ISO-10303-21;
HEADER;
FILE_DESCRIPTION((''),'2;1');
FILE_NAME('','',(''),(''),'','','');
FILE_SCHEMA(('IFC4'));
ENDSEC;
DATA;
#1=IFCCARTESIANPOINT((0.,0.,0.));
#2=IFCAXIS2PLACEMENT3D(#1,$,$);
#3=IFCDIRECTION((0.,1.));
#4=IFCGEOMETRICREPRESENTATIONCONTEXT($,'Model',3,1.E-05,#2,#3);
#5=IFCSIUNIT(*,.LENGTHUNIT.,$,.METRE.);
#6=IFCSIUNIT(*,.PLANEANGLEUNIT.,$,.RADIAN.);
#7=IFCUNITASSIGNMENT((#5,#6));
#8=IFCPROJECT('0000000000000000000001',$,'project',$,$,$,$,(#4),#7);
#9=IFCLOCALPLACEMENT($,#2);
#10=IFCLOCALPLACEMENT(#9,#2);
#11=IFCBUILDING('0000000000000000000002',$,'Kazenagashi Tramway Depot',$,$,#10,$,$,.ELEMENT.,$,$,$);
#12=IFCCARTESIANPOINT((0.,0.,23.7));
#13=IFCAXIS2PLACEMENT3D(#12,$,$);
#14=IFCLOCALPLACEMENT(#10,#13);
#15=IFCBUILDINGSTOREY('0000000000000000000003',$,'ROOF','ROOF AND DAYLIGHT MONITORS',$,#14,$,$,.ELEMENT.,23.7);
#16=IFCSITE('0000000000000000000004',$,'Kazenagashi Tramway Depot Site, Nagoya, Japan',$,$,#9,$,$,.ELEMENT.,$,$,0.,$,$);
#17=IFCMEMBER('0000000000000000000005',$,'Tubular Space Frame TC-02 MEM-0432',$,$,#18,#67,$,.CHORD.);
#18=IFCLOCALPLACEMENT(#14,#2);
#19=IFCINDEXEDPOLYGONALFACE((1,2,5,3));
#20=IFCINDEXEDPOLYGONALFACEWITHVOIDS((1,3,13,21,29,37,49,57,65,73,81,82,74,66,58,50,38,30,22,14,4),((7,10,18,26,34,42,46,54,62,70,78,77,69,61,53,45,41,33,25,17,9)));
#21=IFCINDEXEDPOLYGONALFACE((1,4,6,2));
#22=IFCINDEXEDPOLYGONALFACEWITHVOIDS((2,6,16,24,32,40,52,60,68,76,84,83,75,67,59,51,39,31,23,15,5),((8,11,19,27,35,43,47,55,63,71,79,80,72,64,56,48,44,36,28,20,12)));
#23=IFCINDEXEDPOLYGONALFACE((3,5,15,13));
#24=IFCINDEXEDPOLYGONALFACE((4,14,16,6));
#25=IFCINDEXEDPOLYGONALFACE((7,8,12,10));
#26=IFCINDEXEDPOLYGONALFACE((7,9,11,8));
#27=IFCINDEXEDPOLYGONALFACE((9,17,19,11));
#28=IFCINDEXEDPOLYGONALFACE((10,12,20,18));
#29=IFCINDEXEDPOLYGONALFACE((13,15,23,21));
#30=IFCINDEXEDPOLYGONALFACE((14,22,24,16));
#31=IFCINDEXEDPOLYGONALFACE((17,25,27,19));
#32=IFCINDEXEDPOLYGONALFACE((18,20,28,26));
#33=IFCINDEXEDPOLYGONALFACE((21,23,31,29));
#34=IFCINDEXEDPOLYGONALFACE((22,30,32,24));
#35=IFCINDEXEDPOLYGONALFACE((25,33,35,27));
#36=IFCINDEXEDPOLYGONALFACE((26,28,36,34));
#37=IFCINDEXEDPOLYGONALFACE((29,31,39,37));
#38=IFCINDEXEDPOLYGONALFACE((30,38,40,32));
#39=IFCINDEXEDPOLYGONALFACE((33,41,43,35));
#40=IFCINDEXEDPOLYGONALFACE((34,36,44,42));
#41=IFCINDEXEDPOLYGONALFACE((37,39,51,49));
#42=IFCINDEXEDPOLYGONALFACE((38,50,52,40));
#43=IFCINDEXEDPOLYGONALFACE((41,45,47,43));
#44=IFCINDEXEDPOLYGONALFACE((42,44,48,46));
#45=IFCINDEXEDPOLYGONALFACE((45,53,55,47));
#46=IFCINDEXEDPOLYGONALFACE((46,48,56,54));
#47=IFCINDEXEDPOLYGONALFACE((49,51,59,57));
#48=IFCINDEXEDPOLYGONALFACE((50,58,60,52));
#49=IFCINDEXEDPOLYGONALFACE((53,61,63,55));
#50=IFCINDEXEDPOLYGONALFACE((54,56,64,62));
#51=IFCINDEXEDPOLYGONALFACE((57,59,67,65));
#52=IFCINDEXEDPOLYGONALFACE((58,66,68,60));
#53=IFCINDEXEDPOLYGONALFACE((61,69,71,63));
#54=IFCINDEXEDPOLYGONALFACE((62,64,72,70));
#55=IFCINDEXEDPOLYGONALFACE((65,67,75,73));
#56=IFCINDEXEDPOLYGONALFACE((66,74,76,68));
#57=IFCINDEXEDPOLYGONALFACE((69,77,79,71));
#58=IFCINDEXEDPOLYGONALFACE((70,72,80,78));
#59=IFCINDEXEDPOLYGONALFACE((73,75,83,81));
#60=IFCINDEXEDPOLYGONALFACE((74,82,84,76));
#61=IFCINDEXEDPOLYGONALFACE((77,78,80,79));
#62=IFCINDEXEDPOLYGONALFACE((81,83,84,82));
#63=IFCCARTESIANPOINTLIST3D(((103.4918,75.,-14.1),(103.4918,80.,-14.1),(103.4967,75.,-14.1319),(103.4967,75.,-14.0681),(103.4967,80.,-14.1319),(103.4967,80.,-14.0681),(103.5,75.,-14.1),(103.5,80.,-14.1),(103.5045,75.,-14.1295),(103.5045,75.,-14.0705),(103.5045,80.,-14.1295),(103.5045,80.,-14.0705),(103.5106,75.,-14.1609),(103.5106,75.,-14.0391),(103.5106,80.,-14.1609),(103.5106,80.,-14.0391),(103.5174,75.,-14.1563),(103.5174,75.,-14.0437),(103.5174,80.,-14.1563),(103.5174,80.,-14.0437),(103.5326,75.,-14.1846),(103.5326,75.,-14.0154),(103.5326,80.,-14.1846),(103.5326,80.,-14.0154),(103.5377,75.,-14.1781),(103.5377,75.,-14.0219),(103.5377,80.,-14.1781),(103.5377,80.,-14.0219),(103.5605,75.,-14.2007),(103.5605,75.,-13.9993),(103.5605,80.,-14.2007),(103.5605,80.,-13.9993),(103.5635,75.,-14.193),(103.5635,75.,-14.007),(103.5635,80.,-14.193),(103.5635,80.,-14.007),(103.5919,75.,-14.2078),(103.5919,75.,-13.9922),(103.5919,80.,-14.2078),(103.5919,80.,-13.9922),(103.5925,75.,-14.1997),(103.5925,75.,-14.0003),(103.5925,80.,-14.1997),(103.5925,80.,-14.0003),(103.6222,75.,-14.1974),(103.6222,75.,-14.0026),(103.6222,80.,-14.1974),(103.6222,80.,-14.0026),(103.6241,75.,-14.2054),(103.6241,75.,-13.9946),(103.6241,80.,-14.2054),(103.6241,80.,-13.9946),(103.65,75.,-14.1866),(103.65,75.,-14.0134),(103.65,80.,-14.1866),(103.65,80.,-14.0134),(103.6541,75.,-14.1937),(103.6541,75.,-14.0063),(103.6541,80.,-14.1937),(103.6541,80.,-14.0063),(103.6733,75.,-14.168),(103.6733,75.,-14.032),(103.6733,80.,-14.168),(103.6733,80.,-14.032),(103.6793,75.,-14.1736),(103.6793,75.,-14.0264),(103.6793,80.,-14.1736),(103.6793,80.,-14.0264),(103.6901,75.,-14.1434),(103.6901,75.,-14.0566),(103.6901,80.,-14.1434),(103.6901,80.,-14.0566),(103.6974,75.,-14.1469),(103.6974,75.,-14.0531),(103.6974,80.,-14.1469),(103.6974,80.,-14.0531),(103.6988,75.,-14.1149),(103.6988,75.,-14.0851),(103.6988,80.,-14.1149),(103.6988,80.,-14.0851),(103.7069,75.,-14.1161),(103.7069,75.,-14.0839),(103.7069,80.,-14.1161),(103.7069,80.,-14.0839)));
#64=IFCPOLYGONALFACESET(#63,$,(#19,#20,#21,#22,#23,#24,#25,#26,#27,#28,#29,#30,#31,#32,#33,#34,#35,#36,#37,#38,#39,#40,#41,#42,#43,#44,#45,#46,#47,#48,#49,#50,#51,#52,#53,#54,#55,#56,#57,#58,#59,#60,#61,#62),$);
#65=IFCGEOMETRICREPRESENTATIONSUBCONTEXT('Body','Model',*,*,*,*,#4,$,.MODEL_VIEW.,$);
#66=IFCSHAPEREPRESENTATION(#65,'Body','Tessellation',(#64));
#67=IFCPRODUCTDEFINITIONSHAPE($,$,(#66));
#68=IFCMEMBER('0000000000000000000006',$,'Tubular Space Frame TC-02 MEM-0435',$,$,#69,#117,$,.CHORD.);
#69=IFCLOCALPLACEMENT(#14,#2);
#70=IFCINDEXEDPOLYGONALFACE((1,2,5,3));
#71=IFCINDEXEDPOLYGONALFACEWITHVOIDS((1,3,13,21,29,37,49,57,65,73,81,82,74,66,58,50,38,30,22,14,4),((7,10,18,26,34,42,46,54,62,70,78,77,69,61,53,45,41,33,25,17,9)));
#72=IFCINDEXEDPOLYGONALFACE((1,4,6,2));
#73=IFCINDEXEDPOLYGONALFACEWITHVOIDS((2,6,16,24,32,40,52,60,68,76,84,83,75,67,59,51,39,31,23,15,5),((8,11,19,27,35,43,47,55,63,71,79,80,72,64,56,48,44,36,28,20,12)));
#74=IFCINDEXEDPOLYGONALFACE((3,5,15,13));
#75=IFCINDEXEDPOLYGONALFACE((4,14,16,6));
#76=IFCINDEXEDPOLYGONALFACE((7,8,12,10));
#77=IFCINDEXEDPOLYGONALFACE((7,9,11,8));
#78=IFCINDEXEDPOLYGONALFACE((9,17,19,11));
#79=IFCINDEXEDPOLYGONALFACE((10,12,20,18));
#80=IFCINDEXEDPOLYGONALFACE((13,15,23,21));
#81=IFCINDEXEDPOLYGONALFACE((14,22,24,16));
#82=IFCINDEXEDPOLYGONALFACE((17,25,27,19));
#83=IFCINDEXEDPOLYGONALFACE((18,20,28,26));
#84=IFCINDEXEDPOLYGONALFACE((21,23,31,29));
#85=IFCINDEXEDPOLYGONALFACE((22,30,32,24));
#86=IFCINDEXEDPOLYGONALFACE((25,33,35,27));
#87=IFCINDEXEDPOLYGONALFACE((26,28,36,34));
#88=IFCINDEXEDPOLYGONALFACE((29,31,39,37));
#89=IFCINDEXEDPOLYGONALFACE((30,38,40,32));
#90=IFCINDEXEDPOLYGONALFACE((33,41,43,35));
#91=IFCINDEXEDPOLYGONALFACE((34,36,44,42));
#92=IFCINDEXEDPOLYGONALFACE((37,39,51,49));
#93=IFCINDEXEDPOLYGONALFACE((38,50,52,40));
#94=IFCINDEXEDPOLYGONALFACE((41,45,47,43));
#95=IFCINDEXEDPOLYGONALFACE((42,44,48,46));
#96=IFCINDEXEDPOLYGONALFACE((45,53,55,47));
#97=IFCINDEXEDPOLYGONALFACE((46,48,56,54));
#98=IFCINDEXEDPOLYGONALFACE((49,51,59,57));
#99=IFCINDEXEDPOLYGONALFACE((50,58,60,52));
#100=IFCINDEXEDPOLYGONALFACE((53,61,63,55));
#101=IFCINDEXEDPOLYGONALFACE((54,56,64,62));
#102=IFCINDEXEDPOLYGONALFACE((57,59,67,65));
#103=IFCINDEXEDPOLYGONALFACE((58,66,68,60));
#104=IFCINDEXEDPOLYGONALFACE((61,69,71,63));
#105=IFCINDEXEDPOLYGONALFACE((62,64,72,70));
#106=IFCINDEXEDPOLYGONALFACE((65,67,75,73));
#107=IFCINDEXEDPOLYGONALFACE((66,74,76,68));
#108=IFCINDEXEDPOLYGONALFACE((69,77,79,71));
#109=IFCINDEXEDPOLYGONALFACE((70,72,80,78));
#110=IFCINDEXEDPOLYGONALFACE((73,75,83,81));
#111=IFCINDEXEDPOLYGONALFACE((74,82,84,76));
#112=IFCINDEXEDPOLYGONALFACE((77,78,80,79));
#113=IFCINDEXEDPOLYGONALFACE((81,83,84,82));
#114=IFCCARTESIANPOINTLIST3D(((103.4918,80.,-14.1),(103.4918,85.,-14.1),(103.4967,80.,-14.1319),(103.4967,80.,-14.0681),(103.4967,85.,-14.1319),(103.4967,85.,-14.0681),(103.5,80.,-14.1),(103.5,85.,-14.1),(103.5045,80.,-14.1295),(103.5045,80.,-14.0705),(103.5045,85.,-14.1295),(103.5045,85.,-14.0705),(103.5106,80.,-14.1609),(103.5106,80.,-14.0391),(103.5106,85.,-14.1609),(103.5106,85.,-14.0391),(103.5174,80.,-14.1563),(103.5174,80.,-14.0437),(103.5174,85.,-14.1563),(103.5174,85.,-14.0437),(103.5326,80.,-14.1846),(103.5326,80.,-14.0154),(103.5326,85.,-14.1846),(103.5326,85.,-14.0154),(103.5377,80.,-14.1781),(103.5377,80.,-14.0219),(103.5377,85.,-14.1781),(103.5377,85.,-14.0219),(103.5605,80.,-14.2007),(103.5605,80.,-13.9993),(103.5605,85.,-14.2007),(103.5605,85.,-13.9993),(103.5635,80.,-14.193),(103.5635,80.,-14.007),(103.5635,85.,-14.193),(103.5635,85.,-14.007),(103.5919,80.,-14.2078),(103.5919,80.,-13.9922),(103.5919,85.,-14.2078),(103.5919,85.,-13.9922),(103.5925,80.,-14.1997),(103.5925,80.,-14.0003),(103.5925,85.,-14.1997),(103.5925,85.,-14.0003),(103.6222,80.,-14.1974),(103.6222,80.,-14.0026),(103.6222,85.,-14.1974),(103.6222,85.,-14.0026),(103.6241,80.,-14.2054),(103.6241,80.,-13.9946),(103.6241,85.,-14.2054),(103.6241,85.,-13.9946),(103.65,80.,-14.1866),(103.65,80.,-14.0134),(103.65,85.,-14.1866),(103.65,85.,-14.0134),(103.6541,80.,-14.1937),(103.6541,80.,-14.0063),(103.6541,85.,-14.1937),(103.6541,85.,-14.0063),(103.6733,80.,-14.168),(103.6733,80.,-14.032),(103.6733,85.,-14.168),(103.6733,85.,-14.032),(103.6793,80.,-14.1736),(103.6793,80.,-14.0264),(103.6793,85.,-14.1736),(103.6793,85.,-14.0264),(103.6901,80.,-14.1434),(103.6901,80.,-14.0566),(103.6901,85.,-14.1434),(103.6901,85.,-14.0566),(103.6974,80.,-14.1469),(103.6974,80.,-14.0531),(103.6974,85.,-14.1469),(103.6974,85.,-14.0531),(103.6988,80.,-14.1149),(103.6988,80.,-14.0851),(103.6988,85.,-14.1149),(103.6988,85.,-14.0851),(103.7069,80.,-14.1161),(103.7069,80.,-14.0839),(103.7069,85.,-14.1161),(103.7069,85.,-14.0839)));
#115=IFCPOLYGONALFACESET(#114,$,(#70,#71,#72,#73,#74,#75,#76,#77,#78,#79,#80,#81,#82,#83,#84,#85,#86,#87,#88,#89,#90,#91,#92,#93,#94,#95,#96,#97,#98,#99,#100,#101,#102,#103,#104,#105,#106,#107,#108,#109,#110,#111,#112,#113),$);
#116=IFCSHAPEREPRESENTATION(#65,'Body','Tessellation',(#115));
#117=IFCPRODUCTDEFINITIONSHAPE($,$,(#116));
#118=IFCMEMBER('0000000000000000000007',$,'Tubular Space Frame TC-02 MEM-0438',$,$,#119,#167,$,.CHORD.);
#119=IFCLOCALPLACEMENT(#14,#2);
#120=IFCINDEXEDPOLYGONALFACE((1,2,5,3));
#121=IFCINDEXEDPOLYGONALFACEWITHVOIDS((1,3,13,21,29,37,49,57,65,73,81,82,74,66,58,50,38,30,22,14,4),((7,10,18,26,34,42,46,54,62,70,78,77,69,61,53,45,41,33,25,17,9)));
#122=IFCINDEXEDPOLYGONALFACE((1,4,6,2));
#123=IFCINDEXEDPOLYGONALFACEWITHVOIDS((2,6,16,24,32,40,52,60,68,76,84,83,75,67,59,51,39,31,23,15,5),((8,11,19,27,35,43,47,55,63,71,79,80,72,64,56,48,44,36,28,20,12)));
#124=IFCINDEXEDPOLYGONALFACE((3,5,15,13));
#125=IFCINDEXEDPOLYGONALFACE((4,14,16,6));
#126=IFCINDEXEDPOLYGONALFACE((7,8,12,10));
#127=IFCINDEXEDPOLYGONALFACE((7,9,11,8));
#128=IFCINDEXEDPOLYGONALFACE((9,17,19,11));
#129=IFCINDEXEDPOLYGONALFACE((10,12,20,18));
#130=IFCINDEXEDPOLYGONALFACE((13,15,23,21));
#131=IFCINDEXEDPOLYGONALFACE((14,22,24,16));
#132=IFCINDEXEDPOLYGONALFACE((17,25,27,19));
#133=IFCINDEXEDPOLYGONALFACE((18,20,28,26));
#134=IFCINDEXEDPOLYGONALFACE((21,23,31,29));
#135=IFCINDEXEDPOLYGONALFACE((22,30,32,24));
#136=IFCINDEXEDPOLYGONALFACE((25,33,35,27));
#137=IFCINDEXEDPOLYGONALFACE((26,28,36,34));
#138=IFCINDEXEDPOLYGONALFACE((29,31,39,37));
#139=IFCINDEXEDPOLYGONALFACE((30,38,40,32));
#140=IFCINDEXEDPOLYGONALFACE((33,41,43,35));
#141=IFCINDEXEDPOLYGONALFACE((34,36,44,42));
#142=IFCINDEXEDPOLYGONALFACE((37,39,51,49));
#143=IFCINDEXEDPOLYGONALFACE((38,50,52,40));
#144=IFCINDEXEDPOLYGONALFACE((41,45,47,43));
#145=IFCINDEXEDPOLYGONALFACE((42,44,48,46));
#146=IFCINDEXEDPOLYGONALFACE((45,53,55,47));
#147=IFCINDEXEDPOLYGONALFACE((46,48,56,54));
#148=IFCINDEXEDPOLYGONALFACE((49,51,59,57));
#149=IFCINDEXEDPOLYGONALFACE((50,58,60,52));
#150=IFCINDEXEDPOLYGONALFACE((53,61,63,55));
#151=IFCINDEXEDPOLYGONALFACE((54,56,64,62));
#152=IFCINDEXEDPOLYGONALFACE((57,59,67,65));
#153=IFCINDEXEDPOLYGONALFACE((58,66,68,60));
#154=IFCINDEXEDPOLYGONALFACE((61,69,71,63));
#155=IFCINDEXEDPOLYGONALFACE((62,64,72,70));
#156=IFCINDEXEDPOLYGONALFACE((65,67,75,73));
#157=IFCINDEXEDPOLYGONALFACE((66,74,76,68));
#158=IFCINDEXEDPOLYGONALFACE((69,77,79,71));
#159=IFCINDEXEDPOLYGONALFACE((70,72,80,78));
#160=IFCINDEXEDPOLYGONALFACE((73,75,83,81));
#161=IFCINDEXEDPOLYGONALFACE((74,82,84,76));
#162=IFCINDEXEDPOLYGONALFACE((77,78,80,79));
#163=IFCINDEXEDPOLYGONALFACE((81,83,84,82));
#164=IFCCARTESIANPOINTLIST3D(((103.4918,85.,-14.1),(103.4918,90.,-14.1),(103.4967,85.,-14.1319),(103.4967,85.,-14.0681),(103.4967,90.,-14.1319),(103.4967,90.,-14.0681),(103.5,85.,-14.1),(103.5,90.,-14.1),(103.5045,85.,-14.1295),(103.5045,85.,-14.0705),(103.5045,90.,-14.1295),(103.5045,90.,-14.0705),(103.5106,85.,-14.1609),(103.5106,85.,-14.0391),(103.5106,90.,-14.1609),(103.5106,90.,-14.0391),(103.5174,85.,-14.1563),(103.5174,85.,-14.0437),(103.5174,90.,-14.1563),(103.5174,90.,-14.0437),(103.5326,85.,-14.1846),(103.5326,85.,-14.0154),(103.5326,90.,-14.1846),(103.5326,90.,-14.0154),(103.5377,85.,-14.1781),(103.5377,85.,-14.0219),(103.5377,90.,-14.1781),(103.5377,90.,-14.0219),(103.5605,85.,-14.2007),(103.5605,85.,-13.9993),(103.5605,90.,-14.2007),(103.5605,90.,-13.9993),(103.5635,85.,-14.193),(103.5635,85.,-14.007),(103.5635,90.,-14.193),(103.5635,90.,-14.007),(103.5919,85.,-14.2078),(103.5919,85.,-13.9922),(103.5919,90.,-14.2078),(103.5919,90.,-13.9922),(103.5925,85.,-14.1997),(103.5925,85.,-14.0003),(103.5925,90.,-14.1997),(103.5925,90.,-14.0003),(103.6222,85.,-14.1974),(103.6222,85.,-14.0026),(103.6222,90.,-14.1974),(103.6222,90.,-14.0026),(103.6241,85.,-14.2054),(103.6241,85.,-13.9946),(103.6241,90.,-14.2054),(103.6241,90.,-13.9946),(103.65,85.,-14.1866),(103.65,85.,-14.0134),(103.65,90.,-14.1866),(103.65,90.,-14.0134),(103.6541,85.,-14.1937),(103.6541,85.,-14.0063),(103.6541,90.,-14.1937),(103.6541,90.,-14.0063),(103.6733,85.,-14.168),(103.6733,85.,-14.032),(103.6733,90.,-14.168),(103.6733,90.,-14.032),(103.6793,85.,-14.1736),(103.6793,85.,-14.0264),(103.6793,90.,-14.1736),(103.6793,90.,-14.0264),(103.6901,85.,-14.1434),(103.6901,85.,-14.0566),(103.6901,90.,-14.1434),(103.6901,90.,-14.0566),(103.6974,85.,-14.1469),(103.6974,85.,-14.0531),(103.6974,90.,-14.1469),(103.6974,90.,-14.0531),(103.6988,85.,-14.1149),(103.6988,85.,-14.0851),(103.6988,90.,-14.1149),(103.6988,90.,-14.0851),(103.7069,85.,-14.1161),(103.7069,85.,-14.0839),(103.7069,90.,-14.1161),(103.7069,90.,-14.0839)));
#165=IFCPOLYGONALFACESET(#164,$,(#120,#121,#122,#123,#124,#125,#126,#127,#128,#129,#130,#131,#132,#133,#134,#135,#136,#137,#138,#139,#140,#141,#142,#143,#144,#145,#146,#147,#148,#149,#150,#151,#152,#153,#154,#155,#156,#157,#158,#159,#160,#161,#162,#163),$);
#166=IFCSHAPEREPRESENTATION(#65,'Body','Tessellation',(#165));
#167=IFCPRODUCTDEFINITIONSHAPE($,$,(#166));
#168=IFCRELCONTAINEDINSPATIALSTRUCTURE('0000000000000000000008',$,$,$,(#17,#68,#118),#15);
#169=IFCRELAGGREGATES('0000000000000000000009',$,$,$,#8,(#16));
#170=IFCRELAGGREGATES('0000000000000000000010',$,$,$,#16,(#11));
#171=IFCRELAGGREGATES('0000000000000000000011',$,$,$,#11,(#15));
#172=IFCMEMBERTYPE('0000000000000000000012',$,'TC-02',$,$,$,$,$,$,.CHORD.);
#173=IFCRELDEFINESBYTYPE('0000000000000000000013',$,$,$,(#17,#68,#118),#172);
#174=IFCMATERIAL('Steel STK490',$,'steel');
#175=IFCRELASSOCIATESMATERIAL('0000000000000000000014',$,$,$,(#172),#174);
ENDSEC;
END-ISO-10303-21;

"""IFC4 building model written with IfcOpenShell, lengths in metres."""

from ifc_helpers import new_model, si_unit, direction, frame, origin, origin_2d, place, context, subcontext, project, spatial, hollow_circle, extrude, material, material_profile, profile_set, type_object, element, save


model = new_model("IFC4")

# Units and contexts
model_context = context("Model", 3, precision=1e-05, world=origin(), true_north=direction((0.0, 1.0)))
body_context = subcontext(model_context, "Body", "Model", "MODEL_VIEW")
ifc_project = project(units=[si_unit("LENGTHUNIT", "METRE"), si_unit("PLANEANGLEUNIT", "RADIAN")], contexts=[model_context])

# Site, building, storey
site_placement = place(None, origin())
site = spatial("IfcSite", under=ifc_project, at=site_placement, Name="Kazenagashi Tramway Depot Site, Nagoya, Japan", CompositionType="ELEMENT", RefElevation=0.0)
building_placement = place(site_placement, origin())
building = spatial("IfcBuilding", under=site, at=building_placement, Name="Kazenagashi Tramway Depot", CompositionType="ELEMENT")
storey_placement = place(building_placement, frame((0.0, 0.0, 23.7)))
storey = spatial("IfcBuildingStorey", under=building, at=storey_placement, Name="ROOF", Description="ROOF AND DAYLIGHT MONITORS", CompositionType="ELEMENT", Elevation=23.7)

# Members
ifc_material_1 = material(Name="Steel STK490", Category="steel")
ifc_material_profile_1 = material_profile(ifc_material_1, hollow_circle(Radius=0.1081, WallThickness=0.0082, at=origin_2d()), Name="CHS-216.3x8.2")
ifc_profile_set_1 = profile_set([ifc_material_profile_1], Name="Steel STK490")
member_type_1 = type_object("IfcMemberType", Name="TC-02", PredefinedType="CHORD", material=ifc_profile_set_1)
for number, where, z_axis, x_axis, name in (
    (1, (103.6, 75.0, -14.1), (0.0, 1.0, 0.0), (-1.0, 0.0, 0.0), "Tubular Space Frame TC-02 MEM-0432"),
    (2, (103.6, 80.0, -14.1), (0.0, 1.0, 0.0), (-1.0, 0.0, 0.0), "Tubular Space Frame TC-02 MEM-0435"),
    (3, (103.6, 85.0, -14.1), (0.0, 1.0, 0.0), (-1.0, 0.0, 0.0), "Tubular Space Frame TC-02 MEM-0438"),
):
    element("IfcMember", number, at=place(storey_placement, frame(where, z_axis=z_axis, x_axis=x_axis)), inside=storey, type_object=member_type_1, Name=name, PredefinedType="CHORD", context=body_context, shape_type="SweptSolid", body=[
        extrude(hollow_circle(Radius=0.1081, WallThickness=0.0082, at=origin_2d()), origin(), (0.0, 0.0, 1.0), 5.0),
    ])

save(model, "model.ifc")
